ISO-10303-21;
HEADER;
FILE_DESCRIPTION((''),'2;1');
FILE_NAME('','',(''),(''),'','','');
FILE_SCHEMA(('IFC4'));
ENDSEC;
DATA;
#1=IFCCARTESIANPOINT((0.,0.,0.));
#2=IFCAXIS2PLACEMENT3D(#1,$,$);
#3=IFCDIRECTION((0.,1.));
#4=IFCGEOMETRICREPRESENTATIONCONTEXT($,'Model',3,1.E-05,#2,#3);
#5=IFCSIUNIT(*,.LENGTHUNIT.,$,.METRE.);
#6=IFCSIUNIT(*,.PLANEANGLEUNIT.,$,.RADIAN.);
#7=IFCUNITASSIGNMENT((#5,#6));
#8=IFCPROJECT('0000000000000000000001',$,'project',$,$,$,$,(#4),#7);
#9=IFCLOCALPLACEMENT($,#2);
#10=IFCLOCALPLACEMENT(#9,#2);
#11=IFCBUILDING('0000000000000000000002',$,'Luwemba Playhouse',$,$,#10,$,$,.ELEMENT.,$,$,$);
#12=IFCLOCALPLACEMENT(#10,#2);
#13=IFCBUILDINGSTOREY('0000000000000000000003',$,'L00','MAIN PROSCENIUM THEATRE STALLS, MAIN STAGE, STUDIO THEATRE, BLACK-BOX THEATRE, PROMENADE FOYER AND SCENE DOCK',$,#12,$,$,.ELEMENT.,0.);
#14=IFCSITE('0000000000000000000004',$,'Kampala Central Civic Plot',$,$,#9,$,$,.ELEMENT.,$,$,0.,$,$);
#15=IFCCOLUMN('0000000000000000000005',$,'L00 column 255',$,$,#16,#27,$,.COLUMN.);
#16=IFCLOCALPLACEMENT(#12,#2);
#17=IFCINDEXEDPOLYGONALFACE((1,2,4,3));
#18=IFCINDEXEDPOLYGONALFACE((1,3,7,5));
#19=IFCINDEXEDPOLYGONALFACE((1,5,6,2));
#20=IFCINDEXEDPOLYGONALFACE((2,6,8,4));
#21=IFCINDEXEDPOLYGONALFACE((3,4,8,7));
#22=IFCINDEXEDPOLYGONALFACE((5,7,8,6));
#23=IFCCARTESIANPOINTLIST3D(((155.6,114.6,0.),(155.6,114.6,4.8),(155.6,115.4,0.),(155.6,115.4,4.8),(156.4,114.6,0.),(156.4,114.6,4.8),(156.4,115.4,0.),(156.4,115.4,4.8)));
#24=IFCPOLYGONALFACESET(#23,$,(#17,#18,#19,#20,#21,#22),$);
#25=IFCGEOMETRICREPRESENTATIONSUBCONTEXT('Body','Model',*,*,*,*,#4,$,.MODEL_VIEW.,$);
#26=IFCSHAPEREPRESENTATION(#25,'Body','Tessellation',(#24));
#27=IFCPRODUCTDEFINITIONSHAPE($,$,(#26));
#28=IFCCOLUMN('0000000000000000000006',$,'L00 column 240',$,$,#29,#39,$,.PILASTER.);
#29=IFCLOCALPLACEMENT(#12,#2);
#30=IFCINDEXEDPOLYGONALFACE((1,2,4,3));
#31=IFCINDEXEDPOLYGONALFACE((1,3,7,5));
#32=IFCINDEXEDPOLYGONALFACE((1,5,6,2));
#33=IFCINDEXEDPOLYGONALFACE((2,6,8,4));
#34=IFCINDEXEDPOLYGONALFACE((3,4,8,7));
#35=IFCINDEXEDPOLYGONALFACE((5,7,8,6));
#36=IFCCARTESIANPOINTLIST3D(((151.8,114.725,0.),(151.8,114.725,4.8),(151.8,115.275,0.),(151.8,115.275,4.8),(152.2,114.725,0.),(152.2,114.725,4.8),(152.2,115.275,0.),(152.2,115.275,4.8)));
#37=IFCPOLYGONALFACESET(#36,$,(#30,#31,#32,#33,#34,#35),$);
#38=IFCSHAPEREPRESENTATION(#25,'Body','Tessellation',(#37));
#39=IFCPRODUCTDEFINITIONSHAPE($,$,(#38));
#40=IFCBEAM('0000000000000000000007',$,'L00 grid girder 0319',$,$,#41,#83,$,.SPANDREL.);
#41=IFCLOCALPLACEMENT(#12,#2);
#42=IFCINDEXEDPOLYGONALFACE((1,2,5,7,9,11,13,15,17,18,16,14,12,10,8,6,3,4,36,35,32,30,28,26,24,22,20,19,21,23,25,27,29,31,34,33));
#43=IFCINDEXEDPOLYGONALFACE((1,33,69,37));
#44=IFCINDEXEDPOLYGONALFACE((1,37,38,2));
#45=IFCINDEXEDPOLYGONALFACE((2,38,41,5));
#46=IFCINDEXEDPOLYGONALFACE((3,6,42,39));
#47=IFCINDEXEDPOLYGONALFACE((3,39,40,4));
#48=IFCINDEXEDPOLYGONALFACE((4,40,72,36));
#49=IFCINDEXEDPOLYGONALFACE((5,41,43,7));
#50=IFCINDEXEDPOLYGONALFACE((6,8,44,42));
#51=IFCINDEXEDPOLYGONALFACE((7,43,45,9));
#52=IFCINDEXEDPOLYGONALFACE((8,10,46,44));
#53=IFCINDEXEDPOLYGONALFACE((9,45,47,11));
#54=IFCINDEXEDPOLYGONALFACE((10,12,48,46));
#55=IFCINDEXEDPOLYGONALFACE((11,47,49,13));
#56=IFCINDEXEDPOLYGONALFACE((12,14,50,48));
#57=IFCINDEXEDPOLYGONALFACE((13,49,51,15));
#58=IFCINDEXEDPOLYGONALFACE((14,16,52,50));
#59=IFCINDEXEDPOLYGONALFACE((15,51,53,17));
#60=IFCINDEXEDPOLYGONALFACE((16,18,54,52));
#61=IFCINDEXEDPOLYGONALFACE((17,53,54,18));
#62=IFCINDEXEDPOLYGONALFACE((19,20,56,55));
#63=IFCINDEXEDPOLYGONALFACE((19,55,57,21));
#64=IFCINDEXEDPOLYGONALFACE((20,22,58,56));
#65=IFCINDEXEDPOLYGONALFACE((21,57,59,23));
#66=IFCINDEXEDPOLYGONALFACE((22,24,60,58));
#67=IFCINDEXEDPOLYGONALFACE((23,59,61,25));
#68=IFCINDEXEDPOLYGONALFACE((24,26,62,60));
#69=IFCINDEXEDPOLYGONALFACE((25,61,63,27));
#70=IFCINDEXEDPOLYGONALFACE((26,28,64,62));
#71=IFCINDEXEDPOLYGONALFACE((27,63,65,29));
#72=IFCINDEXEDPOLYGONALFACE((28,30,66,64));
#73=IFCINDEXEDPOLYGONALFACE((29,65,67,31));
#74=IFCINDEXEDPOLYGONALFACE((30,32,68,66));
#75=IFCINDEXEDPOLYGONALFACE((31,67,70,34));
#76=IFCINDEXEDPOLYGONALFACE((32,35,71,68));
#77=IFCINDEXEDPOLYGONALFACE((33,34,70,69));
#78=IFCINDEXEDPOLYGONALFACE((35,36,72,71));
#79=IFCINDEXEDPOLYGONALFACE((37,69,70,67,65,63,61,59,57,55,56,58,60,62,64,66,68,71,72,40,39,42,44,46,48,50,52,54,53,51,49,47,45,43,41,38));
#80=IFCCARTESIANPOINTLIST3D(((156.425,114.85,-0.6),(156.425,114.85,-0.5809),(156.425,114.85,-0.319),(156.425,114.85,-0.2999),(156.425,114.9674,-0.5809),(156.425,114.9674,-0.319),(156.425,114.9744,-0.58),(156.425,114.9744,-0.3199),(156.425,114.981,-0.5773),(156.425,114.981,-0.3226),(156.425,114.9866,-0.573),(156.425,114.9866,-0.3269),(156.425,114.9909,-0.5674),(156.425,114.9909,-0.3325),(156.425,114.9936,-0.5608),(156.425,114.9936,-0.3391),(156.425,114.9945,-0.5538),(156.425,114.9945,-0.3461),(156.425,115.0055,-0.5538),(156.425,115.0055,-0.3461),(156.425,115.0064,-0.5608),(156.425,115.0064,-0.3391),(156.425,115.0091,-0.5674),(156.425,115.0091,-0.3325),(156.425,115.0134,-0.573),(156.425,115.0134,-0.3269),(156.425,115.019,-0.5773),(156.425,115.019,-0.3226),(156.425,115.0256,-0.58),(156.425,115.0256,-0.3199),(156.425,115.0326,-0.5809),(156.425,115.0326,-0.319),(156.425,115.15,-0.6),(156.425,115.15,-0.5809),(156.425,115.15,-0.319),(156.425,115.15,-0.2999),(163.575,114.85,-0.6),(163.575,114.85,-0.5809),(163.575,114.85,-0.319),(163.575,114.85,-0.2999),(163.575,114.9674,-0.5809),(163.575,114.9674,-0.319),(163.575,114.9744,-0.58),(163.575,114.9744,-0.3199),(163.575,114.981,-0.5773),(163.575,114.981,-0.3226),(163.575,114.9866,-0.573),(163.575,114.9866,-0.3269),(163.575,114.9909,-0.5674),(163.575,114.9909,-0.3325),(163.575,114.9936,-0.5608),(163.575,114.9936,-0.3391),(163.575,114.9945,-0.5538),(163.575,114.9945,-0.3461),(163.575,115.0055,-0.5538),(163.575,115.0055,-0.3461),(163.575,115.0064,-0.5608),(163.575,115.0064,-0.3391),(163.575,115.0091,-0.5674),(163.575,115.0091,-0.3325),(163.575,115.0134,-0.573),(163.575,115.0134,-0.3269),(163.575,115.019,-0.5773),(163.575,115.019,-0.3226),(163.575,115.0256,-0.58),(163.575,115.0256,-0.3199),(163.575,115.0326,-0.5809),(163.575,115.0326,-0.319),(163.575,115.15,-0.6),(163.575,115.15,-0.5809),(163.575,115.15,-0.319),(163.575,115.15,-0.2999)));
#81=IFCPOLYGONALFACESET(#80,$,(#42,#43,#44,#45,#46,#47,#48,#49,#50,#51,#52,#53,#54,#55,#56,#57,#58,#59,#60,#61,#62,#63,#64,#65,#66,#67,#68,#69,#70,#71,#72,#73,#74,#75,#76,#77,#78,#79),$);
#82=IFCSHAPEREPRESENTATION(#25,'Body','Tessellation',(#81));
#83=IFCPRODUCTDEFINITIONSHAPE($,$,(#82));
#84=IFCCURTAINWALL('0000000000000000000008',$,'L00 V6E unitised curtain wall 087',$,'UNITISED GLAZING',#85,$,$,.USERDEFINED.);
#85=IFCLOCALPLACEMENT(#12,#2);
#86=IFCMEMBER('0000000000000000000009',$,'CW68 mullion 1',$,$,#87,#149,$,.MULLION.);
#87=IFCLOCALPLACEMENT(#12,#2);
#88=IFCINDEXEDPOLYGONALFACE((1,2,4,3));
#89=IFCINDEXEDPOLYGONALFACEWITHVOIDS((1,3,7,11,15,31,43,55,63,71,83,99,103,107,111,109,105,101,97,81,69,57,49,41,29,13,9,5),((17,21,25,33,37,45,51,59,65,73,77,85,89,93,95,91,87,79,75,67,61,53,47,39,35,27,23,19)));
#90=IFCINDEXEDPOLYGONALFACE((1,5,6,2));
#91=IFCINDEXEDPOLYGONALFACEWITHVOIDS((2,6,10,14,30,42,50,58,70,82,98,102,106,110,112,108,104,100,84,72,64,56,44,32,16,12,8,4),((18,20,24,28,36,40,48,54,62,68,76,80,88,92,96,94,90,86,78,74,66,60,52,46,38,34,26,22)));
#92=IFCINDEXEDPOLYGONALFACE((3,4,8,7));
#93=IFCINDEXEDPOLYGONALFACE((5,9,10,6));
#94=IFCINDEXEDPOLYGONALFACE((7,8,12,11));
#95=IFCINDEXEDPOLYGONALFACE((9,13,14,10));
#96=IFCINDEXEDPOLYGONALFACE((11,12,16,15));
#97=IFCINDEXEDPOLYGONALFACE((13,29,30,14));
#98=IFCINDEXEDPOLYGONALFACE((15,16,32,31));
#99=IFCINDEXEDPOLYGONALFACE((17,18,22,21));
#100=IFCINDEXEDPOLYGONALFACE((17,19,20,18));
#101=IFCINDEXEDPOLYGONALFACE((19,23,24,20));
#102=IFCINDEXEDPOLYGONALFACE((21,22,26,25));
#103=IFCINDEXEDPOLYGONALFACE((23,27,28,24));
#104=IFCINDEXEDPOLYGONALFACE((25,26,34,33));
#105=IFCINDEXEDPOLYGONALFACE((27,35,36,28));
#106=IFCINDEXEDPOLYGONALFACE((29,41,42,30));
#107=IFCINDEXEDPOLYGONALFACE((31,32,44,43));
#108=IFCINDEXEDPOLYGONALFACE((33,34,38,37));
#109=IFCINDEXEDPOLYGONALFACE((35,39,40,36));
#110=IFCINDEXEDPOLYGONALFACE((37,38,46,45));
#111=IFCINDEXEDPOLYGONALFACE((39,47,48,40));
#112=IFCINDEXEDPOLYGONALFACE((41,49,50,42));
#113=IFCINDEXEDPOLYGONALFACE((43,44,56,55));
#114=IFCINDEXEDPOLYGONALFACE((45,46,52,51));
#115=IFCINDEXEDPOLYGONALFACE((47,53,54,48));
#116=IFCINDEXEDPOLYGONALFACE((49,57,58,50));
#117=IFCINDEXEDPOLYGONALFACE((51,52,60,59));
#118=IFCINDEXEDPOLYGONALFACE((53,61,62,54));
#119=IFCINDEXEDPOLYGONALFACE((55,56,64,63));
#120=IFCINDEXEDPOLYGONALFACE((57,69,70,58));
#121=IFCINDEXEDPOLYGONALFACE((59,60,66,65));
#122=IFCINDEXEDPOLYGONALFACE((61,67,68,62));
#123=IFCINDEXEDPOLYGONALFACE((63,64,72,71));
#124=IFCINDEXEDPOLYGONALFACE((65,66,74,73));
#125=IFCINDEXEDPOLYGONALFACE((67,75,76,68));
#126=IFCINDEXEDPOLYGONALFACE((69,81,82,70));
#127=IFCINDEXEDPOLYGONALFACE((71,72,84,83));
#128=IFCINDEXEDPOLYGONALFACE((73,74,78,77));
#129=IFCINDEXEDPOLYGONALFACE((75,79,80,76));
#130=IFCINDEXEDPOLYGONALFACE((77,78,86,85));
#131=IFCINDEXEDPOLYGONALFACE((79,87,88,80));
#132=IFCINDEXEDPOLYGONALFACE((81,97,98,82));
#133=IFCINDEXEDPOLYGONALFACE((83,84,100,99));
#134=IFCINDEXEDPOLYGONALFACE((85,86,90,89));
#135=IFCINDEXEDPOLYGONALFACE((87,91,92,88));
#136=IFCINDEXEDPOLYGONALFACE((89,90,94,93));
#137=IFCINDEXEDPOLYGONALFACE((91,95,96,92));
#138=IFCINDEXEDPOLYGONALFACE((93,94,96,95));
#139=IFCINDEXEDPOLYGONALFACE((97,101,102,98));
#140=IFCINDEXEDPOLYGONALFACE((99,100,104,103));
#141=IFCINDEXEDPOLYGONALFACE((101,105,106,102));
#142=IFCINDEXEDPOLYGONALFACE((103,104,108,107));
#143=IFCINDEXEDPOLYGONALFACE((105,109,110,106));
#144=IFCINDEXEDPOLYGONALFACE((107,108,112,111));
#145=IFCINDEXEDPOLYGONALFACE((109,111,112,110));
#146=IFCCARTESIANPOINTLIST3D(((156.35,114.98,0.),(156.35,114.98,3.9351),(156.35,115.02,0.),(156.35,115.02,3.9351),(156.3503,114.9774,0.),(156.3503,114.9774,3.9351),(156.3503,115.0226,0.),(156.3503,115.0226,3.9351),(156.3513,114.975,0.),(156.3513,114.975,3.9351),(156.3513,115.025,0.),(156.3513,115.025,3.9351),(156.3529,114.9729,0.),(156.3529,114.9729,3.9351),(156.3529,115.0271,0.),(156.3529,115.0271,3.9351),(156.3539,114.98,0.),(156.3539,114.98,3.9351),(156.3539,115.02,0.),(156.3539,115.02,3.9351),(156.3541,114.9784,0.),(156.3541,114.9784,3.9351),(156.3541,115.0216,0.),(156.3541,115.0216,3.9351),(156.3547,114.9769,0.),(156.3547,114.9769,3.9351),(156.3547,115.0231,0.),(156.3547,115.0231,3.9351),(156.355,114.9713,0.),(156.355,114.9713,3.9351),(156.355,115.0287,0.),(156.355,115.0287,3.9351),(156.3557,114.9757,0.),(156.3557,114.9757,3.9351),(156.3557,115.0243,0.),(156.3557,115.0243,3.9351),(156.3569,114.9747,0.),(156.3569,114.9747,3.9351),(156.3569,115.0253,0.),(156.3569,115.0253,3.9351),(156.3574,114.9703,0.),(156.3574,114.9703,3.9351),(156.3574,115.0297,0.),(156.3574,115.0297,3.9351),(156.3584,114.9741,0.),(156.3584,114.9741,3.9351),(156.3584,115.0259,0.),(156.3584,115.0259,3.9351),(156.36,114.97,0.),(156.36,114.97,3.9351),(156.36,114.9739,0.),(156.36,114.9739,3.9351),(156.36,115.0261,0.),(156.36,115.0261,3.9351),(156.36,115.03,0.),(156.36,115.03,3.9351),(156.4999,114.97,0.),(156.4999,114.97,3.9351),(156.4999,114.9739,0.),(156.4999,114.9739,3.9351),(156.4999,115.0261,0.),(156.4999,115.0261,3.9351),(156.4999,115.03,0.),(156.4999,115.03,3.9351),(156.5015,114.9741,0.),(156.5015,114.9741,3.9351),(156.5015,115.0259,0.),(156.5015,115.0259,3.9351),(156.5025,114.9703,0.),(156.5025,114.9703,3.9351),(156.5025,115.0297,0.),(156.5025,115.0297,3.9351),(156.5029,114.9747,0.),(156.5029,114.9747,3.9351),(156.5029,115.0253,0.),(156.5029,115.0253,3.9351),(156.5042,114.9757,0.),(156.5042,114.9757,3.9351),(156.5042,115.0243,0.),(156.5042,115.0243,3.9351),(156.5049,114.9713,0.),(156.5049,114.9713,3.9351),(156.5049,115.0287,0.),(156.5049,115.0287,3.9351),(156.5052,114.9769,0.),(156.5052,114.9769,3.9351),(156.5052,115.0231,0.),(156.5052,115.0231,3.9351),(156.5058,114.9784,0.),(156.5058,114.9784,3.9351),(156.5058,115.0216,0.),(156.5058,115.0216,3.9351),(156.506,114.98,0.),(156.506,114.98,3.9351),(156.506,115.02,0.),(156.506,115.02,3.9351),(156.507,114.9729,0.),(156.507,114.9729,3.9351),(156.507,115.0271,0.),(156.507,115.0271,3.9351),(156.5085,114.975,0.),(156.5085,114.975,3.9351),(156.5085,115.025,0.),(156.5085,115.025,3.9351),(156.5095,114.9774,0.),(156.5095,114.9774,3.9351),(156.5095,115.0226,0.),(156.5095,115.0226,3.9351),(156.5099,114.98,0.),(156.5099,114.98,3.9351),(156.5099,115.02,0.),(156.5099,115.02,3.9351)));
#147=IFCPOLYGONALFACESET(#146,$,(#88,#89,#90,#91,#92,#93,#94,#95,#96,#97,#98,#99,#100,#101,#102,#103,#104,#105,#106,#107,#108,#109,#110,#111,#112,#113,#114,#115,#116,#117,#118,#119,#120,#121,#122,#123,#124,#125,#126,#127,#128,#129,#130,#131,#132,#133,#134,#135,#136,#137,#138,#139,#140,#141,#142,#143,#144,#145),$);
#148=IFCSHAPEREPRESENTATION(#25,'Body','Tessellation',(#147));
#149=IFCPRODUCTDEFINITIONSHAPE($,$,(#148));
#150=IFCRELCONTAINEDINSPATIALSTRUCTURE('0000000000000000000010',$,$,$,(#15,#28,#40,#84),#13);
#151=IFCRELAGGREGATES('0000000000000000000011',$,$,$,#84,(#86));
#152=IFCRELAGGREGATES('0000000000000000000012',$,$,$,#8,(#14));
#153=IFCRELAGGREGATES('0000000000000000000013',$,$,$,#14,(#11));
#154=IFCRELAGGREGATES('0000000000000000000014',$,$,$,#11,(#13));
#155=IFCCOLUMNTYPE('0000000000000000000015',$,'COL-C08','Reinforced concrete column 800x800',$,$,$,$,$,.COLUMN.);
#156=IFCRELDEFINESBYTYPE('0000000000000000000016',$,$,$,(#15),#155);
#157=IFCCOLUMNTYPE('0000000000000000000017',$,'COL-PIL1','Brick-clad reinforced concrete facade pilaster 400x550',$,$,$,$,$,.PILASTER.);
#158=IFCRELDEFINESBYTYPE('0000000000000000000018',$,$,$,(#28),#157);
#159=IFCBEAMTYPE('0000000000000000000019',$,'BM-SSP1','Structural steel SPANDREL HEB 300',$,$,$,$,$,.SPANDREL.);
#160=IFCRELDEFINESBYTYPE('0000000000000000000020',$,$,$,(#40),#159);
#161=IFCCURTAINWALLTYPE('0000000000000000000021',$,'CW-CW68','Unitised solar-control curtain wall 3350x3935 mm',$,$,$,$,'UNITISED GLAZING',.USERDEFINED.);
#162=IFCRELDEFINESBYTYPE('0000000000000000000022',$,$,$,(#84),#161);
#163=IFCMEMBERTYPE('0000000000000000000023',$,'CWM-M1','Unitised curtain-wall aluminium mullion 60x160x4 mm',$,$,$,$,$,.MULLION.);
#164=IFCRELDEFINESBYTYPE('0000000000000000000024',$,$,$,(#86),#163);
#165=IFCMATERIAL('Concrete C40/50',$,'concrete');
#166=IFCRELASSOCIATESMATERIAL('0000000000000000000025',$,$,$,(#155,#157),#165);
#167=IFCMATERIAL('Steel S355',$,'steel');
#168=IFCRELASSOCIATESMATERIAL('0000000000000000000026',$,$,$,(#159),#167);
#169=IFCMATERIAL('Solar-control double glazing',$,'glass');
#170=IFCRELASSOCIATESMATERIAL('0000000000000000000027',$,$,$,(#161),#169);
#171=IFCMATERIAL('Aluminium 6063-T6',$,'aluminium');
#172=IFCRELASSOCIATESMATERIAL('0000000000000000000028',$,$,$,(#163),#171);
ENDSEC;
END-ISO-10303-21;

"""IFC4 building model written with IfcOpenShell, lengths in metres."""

from ifc_helpers import new_model, si_unit, direction, frame, origin, origin_2d, place, context, subcontext, project, spatial, rectangle, hollow_rectangle, i_section, extrude, material, material_profile, profile_set, type_object, element, aggregate, save


model = new_model("IFC4")

# Units and contexts
model_context = context("Model", 3, precision=1e-05, world=origin(), true_north=direction((0.0, 1.0)))
body_context = subcontext(model_context, "Body", "Model", "MODEL_VIEW")
ifc_project = project(units=[si_unit("LENGTHUNIT", "METRE"), si_unit("PLANEANGLEUNIT", "RADIAN")], contexts=[model_context])

# Site, building, storey
site_placement = place(None, origin())
site = spatial("IfcSite", under=ifc_project, at=site_placement, Name="Kampala Central Civic Plot", CompositionType="ELEMENT", RefElevation=0.0)
building_placement = place(site_placement, origin())
building = spatial("IfcBuilding", under=site, at=building_placement, Name="Luwemba Playhouse", CompositionType="ELEMENT")
storey_placement = place(building_placement, origin())
storey = spatial("IfcBuildingStorey", under=building, at=storey_placement, Name="L00", Description="MAIN PROSCENIUM THEATRE STALLS, MAIN STAGE, STUDIO THEATRE, BLACK-BOX THEATRE, PROMENADE FOYER AND SCENE DOCK", CompositionType="ELEMENT", Elevation=0.0)

# Columns
ifc_material_1 = material(Name="Concrete C40/50", Category="concrete")
ifc_material_profile_1 = material_profile(ifc_material_1, rectangle(XDim=0.8, YDim=0.8, at=origin_2d()))
ifc_profile_set_1 = profile_set([ifc_material_profile_1], Name="Concrete C40/50")
column_type_1 = type_object("IfcColumnType", Name="COL-C08", Description="Reinforced concrete column 800x800", PredefinedType="COLUMN", material=ifc_profile_set_1)
column_1_placement = place(storey_placement, frame((156.0, 115.0, 0.0), z_axis=(0.0, 0.0, 1.0), x_axis=(1.0, 0.0, 0.0)))
element("IfcColumn", 1, at=column_1_placement, inside=storey, type_object=column_type_1, Name="L00 column 255", PredefinedType="COLUMN", context=body_context, shape_type="SweptSolid", body=[
    extrude(rectangle(XDim=0.8, YDim=0.8, at=origin_2d()), origin(), (0.0, 0.0, 1.0), 4.8),
])
ifc_material_profile_2 = material_profile(ifc_material_1, rectangle(XDim=0.3999, YDim=0.55, at=origin_2d()))
ifc_profile_set_2 = profile_set([ifc_material_profile_2], Name="Concrete C40/50")
column_type_2 = type_object("IfcColumnType", Name="COL-PIL1", Description="Brick-clad reinforced concrete facade pilaster 400x550", PredefinedType="PILASTER", material=ifc_profile_set_2)
column_2_placement = place(storey_placement, frame((152.0, 115.0, 0.0), z_axis=(0.0, 0.0, 1.0), x_axis=(1.0, 0.0, 0.0)))
element("IfcColumn", 2, at=column_2_placement, inside=storey, type_object=column_type_2, Name="L00 column 240", PredefinedType="PILASTER", context=body_context, shape_type="SweptSolid", body=[
    extrude(rectangle(XDim=0.3999, YDim=0.55, at=origin_2d()), origin(), (0.0, 0.0, 1.0), 4.8),
])

# Beam
ifc_material_2 = material(Name="Steel S355", Category="steel")
ifc_material_profile_3 = material_profile(ifc_material_2, i_section(OverallWidth=0.3, OverallDepth=0.3, WebThickness=0.011, FlangeThickness=0.019, FilletRadius=0.0271, at=origin_2d()))
ifc_profile_set_3 = profile_set([ifc_material_profile_3], Name="Steel S355")
beam_type = type_object("IfcBeamType", Name="BM-SSP1", Description="Structural steel SPANDREL HEB 300", PredefinedType="SPANDREL", material=ifc_profile_set_3)
beam_placement = place(storey_placement, frame((156.425, 115.0, -0.45), z_axis=(1.0, 0.0, 0.0), x_axis=(0.0, 1.0, 0.0)))
element("IfcBeam", 3, at=beam_placement, inside=storey, type_object=beam_type, Name="L00 grid girder 0319", PredefinedType="SPANDREL", context=body_context, shape_type="SweptSolid", body=[
    extrude(i_section(OverallWidth=0.3, OverallDepth=0.3, WebThickness=0.011, FlangeThickness=0.019, FilletRadius=0.0271, at=origin_2d()), origin(), (0.0, 0.0, 1.0), 7.1499),
])

# Curtain wall, member
ifc_material_3 = material(Name="Solar-control double glazing", Category="glass")
curtain_wall_type_1 = type_object("IfcCurtainWallType", Name="CW-CW68", Description="Unitised solar-control curtain wall 3350x3935 mm", ElementType="UNITISED GLAZING", PredefinedType="USERDEFINED", material=ifc_material_3)
curtain_wall_1_placement = place(storey_placement, origin())
curtain_wall_1 = element("IfcCurtainWall", 4, at=curtain_wall_1_placement, inside=storey, type_object=curtain_wall_type_1, Name="L00 V6E unitised curtain wall 087", ObjectType="UNITISED GLAZING", PredefinedType="USERDEFINED")
ifc_material_4 = material(Name="Aluminium 6063-T6", Category="aluminium")
ifc_material_profile_4 = material_profile(ifc_material_4, hollow_rectangle(XDim=0.0601, YDim=0.1599, WallThickness=0.0039, InnerFilletRadius=0.0061, OuterFilletRadius=0.01, at=origin_2d()))
ifc_profile_set_4 = profile_set([ifc_material_profile_4], Name="Aluminium 6063-T6")
member_type_1 = type_object("IfcMemberType", Name="CWM-M1", Description="Unitised curtain-wall aluminium mullion 60x160x4 mm", PredefinedType="MULLION", material=ifc_profile_set_4)
member_1_placement = place(storey_placement, frame((156.4299, 115.0, 0.0), z_axis=(0.0, 0.0, 1.0), x_axis=(0.0, 1.0, 0.0)))
member_1 = element("IfcMember", 5, at=member_1_placement, type_object=member_type_1, Name="CW68 mullion 1", PredefinedType="MULLION", context=body_context, shape_type="SweptSolid", body=[
    extrude(hollow_rectangle(XDim=0.0601, YDim=0.1599, WallThickness=0.0039, InnerFilletRadius=0.0061, OuterFilletRadius=0.01, at=origin_2d()), origin(), (0.0, 0.0, 1.0), 3.9351),
])
aggregate(curtain_wall_1, [member_1])

save(model, "model.ifc")
